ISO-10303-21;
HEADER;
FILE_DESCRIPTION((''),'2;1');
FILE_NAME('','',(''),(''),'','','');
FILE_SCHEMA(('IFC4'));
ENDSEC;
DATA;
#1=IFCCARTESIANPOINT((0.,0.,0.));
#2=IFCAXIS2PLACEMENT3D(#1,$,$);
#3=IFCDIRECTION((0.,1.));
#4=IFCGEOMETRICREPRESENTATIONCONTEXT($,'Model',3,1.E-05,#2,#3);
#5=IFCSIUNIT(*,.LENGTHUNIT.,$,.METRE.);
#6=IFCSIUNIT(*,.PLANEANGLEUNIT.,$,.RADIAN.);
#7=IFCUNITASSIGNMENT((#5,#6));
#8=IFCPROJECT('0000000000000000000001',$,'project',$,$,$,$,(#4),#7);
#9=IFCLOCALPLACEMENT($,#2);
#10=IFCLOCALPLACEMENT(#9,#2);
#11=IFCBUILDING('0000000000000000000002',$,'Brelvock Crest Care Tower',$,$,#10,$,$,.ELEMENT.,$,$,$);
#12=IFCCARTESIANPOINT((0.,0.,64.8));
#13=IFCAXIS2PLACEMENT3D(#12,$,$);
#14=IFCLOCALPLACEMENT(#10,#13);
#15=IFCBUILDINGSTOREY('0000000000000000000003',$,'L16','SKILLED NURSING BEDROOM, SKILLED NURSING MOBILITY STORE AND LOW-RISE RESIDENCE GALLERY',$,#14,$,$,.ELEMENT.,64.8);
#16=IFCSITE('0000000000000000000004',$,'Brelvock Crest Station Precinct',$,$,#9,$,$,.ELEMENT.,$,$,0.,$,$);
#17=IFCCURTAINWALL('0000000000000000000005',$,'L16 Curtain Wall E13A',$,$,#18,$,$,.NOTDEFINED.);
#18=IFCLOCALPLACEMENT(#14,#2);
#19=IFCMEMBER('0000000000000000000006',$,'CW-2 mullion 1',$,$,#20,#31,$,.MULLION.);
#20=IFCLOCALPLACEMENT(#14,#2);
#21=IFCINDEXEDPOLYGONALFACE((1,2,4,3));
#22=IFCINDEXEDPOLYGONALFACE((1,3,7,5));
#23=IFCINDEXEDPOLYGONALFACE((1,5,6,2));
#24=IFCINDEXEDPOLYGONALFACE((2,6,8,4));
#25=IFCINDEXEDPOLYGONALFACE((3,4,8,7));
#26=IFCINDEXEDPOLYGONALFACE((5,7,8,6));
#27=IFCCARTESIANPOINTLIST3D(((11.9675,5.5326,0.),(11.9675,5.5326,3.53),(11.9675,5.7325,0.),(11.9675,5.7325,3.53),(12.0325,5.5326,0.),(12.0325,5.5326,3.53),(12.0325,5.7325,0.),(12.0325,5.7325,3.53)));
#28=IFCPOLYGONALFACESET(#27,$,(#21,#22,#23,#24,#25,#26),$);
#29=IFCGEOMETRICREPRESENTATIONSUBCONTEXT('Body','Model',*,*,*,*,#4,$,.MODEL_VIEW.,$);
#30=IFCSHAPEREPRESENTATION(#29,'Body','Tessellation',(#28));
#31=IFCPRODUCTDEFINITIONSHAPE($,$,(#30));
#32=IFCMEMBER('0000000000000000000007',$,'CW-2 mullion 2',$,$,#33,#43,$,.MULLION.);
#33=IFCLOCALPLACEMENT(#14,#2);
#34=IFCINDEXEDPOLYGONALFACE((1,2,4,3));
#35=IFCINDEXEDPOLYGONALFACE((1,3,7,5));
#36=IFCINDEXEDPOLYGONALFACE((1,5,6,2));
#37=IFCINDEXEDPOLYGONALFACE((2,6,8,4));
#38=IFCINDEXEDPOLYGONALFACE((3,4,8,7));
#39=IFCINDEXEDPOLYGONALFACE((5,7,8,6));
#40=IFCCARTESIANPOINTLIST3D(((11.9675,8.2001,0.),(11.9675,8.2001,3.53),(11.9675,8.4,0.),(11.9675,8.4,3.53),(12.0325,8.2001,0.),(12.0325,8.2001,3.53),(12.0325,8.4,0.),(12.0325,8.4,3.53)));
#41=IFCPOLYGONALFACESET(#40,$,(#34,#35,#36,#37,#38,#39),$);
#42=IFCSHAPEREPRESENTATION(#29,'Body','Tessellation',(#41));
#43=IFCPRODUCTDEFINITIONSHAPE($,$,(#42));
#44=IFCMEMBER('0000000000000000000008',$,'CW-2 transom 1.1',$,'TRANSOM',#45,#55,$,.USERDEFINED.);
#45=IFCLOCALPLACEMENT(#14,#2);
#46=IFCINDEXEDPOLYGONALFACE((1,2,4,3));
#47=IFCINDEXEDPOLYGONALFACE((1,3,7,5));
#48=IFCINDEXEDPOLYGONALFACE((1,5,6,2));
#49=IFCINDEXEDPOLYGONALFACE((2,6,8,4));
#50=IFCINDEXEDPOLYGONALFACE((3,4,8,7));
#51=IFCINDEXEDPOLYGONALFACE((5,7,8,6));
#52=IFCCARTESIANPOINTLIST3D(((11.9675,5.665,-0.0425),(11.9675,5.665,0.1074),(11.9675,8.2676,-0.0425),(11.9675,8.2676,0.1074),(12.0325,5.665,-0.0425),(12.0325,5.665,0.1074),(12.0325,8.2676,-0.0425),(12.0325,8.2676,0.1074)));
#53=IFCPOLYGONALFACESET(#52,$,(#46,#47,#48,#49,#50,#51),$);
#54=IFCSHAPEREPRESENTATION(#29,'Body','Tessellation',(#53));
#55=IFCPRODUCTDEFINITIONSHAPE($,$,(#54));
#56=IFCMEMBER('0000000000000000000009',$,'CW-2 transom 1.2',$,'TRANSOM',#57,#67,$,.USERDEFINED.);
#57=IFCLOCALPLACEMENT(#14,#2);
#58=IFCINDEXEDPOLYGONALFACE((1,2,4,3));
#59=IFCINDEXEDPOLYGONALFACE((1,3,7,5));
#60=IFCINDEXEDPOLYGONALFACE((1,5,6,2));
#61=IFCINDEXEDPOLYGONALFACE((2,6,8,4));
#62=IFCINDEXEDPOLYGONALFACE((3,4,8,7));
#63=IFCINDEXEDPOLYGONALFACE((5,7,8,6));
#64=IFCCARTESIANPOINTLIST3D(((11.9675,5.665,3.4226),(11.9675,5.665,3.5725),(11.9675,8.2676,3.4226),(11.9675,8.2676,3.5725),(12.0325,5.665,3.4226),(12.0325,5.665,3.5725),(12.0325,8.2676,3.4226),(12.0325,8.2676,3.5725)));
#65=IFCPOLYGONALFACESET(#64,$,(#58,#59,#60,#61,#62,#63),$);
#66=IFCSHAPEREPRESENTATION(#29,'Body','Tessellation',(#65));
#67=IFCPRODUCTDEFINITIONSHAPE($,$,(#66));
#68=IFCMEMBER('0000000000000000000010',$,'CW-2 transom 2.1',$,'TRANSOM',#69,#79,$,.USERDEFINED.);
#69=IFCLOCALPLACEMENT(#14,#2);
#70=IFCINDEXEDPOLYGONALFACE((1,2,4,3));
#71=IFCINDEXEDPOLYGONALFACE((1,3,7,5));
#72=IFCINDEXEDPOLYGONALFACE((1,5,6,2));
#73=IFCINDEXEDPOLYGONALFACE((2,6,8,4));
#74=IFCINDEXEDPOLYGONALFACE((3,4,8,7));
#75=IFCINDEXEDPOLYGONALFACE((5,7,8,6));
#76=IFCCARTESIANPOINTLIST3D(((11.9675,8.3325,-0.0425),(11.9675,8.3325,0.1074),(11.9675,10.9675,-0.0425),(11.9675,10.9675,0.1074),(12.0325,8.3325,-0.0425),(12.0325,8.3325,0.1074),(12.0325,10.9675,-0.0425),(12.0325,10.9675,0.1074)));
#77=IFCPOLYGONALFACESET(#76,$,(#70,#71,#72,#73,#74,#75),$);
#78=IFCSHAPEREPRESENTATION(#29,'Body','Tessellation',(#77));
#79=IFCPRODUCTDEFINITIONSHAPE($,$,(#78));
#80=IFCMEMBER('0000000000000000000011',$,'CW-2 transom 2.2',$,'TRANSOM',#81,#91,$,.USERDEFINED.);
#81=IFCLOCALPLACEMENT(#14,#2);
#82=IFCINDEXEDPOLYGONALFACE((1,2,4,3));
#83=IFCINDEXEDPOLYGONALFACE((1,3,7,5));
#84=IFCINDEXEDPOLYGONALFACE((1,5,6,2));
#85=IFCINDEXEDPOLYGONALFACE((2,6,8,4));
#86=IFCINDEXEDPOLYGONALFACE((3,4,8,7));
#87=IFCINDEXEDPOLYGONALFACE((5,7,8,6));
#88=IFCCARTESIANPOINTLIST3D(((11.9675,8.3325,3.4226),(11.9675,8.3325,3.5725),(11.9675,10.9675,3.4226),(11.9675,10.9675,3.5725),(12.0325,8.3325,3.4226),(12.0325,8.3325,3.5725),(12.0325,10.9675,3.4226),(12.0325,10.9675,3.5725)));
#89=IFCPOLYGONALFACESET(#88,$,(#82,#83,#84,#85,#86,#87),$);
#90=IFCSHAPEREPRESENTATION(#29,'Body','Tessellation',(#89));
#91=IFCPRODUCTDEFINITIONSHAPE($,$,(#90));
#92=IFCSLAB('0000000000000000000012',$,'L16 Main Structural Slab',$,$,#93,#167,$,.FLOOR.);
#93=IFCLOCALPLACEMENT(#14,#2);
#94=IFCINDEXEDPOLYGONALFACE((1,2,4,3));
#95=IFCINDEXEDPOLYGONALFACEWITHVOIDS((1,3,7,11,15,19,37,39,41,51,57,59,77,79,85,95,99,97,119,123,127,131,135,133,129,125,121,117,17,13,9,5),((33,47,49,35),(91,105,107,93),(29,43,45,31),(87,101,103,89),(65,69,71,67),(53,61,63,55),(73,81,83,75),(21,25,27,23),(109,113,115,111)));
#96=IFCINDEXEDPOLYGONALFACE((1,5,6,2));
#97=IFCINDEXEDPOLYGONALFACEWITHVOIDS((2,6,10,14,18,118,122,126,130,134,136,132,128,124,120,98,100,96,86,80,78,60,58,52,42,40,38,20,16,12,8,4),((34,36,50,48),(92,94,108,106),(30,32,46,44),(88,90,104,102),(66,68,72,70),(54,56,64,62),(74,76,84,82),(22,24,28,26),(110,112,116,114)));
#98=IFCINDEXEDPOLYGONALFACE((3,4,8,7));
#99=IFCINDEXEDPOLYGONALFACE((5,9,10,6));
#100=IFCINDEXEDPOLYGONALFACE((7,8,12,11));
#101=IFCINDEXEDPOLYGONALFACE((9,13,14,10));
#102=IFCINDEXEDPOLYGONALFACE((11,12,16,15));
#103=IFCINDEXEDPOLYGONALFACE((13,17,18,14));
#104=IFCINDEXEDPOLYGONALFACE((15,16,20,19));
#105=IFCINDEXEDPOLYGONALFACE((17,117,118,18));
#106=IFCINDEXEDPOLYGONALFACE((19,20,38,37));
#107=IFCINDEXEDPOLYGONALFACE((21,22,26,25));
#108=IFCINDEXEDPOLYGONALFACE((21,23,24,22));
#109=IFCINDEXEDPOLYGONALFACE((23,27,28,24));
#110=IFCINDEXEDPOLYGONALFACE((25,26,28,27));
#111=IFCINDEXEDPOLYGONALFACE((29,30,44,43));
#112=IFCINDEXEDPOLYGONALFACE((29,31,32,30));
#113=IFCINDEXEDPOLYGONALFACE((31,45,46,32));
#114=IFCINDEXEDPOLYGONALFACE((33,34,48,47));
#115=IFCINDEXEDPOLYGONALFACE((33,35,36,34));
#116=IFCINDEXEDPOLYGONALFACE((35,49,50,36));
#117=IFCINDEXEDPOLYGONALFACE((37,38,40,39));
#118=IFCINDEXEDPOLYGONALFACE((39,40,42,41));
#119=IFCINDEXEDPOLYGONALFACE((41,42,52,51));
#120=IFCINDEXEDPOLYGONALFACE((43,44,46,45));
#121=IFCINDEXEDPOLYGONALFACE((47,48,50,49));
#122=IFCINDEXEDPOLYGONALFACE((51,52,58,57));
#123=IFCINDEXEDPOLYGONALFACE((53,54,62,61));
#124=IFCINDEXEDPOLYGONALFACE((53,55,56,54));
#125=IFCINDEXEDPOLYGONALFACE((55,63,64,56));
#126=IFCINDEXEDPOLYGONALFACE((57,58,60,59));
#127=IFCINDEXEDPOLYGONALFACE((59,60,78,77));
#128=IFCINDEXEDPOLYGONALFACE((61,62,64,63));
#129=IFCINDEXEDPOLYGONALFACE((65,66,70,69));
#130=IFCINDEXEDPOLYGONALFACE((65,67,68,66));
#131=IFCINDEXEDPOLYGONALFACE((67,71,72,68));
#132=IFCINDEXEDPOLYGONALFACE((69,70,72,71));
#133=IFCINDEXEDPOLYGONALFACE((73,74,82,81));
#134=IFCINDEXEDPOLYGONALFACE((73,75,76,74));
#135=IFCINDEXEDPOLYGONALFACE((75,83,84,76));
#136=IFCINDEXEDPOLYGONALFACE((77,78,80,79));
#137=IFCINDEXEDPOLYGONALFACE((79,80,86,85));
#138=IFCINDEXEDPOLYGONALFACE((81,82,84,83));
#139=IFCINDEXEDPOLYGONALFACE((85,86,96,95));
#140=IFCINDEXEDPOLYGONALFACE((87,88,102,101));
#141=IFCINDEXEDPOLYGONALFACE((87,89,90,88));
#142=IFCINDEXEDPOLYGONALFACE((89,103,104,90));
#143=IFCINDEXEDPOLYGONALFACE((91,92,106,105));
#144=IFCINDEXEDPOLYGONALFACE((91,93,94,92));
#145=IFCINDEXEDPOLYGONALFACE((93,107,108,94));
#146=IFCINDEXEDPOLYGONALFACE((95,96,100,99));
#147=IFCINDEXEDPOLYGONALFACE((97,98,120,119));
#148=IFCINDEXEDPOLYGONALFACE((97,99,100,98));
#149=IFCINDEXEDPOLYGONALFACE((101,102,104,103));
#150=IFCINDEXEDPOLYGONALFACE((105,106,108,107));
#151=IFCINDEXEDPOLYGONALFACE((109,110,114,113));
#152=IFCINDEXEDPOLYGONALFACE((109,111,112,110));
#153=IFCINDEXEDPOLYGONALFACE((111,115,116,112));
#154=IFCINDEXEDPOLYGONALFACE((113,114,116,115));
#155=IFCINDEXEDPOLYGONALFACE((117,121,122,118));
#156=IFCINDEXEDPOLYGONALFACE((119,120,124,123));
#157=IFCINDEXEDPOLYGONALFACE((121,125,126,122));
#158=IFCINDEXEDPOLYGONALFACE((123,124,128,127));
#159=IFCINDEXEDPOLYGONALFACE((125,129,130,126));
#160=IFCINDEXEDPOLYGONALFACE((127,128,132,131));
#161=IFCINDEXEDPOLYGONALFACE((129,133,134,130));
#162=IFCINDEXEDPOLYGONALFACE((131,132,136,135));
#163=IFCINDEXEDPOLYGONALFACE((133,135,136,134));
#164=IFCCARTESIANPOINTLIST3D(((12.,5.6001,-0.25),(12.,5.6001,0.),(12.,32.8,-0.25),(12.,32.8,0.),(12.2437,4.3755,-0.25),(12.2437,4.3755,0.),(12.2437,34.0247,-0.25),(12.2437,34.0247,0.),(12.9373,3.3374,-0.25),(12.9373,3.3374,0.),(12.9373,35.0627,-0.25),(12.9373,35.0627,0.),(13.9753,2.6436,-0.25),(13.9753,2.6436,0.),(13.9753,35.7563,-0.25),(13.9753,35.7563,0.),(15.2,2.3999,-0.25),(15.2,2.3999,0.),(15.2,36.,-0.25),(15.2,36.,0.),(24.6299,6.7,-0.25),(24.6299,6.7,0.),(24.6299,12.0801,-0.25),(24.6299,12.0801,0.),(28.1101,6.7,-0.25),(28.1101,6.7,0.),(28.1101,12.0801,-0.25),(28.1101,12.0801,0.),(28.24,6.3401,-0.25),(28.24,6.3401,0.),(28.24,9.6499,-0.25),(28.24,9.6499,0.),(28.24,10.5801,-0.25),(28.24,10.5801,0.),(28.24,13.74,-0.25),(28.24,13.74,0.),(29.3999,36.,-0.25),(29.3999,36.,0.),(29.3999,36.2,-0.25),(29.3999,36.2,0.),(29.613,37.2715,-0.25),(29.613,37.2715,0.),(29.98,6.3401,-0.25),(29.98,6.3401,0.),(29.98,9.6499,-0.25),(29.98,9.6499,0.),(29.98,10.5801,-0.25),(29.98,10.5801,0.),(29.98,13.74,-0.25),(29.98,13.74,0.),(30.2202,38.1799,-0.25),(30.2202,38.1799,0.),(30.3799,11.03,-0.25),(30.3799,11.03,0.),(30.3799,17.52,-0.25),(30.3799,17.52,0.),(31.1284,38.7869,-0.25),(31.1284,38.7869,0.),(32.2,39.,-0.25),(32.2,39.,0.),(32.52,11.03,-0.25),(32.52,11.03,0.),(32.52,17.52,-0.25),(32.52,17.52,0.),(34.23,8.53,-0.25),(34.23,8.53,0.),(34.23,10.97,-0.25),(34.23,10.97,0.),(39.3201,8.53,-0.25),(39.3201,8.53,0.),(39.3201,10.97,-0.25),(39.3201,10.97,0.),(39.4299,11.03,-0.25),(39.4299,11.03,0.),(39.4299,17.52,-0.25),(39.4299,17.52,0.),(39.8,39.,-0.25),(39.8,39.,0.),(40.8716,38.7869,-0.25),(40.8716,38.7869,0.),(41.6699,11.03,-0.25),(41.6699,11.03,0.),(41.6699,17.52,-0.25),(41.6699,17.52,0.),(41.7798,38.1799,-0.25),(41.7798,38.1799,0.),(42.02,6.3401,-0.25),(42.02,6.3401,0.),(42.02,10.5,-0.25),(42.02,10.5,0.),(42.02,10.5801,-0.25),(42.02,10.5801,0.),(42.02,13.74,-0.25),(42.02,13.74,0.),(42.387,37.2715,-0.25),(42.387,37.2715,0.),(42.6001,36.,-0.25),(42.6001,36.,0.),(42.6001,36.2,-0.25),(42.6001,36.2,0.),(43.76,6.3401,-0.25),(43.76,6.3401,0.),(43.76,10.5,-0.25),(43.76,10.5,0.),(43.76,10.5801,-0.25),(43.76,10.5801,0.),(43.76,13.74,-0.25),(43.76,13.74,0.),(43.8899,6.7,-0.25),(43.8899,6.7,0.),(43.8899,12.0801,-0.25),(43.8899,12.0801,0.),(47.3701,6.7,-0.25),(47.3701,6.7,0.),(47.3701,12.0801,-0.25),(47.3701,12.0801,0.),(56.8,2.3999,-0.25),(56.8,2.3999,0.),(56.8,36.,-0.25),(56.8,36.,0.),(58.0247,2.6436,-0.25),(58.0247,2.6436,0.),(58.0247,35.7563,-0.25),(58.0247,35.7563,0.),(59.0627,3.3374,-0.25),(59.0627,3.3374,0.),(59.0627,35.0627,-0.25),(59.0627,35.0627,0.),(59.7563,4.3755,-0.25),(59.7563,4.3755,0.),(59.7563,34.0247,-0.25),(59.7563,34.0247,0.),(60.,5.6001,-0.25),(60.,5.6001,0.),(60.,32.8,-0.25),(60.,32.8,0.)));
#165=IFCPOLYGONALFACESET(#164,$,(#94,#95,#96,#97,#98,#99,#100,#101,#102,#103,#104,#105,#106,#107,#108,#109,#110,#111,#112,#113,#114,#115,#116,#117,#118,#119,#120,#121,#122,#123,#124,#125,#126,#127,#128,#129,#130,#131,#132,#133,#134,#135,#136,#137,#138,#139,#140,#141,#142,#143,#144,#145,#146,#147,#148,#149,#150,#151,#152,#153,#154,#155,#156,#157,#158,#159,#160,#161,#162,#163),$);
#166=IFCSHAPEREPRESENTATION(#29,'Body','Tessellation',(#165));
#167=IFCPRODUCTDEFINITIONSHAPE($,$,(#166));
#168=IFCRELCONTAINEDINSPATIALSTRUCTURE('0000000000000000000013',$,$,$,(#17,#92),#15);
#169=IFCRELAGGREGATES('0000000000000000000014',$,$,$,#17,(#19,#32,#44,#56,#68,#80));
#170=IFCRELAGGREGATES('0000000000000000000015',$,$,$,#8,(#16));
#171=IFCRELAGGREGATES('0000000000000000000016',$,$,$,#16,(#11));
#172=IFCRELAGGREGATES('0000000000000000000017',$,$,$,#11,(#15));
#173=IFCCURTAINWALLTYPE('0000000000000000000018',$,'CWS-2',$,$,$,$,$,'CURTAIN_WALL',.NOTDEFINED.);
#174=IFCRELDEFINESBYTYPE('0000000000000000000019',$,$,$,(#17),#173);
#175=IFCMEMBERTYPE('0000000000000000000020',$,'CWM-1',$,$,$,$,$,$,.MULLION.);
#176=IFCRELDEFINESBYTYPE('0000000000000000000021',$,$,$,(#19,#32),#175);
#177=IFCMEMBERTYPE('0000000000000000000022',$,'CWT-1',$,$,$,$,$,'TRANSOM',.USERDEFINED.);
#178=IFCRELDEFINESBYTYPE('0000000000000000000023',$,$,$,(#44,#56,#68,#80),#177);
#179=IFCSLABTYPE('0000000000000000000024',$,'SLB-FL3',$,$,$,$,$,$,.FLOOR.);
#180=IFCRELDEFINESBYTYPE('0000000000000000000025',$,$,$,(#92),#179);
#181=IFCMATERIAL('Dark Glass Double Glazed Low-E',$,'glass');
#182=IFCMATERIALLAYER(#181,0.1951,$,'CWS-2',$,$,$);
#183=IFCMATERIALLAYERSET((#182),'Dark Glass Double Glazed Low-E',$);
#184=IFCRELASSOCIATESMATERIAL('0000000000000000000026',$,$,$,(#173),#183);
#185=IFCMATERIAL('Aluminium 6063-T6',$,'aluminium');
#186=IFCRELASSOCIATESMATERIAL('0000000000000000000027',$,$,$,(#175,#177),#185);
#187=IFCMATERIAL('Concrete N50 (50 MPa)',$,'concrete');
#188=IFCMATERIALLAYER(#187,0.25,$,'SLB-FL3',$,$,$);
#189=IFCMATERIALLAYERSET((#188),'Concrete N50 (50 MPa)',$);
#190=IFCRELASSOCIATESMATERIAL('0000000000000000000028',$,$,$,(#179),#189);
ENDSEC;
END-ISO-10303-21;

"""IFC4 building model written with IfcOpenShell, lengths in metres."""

from ifc_helpers import new_model, si_unit, direction, frame, origin, origin_2d, place, context, subcontext, project, spatial, polyline, rectangle, outline, extrude, source, transform, mapped, material, layer, layer_set, material_profile, profile_set, type_object, element, aggregate, save


model = new_model("IFC4")

# Units and contexts
model_context = context("Model", 3, precision=1e-05, world=origin(), true_north=direction((0.0, 1.0)))
body_context = subcontext(model_context, "Body", "Model", "MODEL_VIEW")
ifc_project = project(units=[si_unit("LENGTHUNIT", "METRE"), si_unit("PLANEANGLEUNIT", "RADIAN")], contexts=[model_context])

# Site, building, storey
site_placement = place(None, origin())
site = spatial("IfcSite", under=ifc_project, at=site_placement, Name="Brelvock Crest Station Precinct", CompositionType="ELEMENT", RefElevation=0.0)
building_placement = place(site_placement, origin())
building = spatial("IfcBuilding", under=site, at=building_placement, Name="Brelvock Crest Care Tower", CompositionType="ELEMENT")
storey_placement = place(building_placement, frame((0.0, 0.0, 64.8)))
storey = spatial("IfcBuildingStorey", under=building, at=storey_placement, Name="L16", Description="SKILLED NURSING BEDROOM, SKILLED NURSING MOBILITY STORE AND LOW-RISE RESIDENCE GALLERY", CompositionType="ELEMENT", Elevation=64.8)

# Curtain wall, members
ifc_material_1 = material(Name="Dark Glass Double Glazed Low-E", Category="glass")
ifc_layer_1 = layer(ifc_material_1, 0.1951, Name="CWS-2")
ifc_layer_set_1 = layer_set([ifc_layer_1], Name="Dark Glass Double Glazed Low-E")
curtain_wall_type = type_object("IfcCurtainWallType", Name="CWS-2", ElementType="CURTAIN_WALL", PredefinedType="NOTDEFINED", material=ifc_layer_set_1)
curtain_wall_placement = place(storey_placement, origin())
curtain_wall = element("IfcCurtainWall", 1, at=curtain_wall_placement, inside=storey, type_object=curtain_wall_type, Name="L16 Curtain Wall E13A", PredefinedType="NOTDEFINED")
ifc_material_2 = material(Name="Aluminium 6063-T6", Category="aluminium")
ifc_material_profile_1 = material_profile(ifc_material_2, rectangle(XDim=0.0649, YDim=0.2, at=origin_2d()), Name="ALU65x200")
ifc_profile_set_1 = profile_set([ifc_material_profile_1], Name="Aluminium 6063-T6")
member_type_1 = type_object("IfcMemberType", Name="CWM-1", PredefinedType="MULLION", material=ifc_profile_set_1)
shared_shape_1 = source(origin(), body_context, "Body", "SweptSolid", [
    extrude(rectangle(XDim=0.0649, YDim=0.2, at=origin_2d()), origin(), (0.0, 0.0, 1.0), 3.53),
])
member_1_placement = place(storey_placement, frame((12.0, 5.6326, 0.0), z_axis=(0.0, 0.0, 1.0), x_axis=(-1.0, 0.0, 0.0)))
member_1 = element("IfcMember", 2, at=member_1_placement, type_object=member_type_1, Name="CW-2 mullion 1", PredefinedType="MULLION", context=body_context, shape_type="MappedRepresentation", body=[
    mapped(shared_shape_1, transform((0.0, 0.0, 0.0), x_axis=(1.0, 0.0, 0.0), y_axis=(0.0, 1.0, 0.0), z_axis=(0.0, 0.0, 1.0), scale=1.0)),
])
member_2_placement = place(storey_placement, frame((12.0, 8.3, 0.0), z_axis=(0.0, 0.0, 1.0), x_axis=(-1.0, 0.0, 0.0)))
member_2 = element("IfcMember", 3, at=member_2_placement, type_object=member_type_1, Name="CW-2 mullion 2", PredefinedType="MULLION", context=body_context, shape_type="MappedRepresentation", body=[
    mapped(shared_shape_1, transform((0.0, 0.0, 0.0), x_axis=(1.0, 0.0, 0.0), y_axis=(0.0, 1.0, 0.0), z_axis=(0.0, 0.0, 1.0), scale=1.0)),
])
ifc_material_profile_2 = material_profile(ifc_material_2, rectangle(XDim=0.0649, YDim=0.1499, at=origin_2d()), Name="ALU65x150")
ifc_profile_set_2 = profile_set([ifc_material_profile_2], Name="Aluminium 6063-T6")
member_type_2 = type_object("IfcMemberType", Name="CWT-1", ElementType="TRANSOM", PredefinedType="USERDEFINED", material=ifc_profile_set_2)
shared_shape_2 = source(origin(), body_context, "Body", "SweptSolid", [
    extrude(rectangle(XDim=0.0649, YDim=0.1499, at=origin_2d()), origin(), (0.0, 0.0, 1.0), 2.6025),
])
member_3_placement = place(storey_placement, frame((12.0, 5.665, 0.0325), z_axis=(0.0, 1.0, 0.0), x_axis=(-1.0, 0.0, 0.0)))
member_3 = element("IfcMember", 4, at=member_3_placement, type_object=member_type_2, Name="CW-2 transom 1.1", ObjectType="TRANSOM", PredefinedType="USERDEFINED", context=body_context, shape_type="MappedRepresentation", body=[
    mapped(shared_shape_2, transform((0.0, 0.0, 0.0), x_axis=(1.0, 0.0, 0.0), y_axis=(0.0, 1.0, 0.0), z_axis=(0.0, 0.0, 1.0), scale=1.0)),
])
member_4_placement = place(storey_placement, frame((12.0, 5.665, 3.4976), z_axis=(0.0, 1.0, 0.0), x_axis=(-1.0, 0.0, 0.0)))
member_4 = element("IfcMember", 5, at=member_4_placement, type_object=member_type_2, Name="CW-2 transom 1.2", ObjectType="TRANSOM", PredefinedType="USERDEFINED", context=body_context, shape_type="MappedRepresentation", body=[
    mapped(shared_shape_2, transform((0.0, 0.0, 0.0), x_axis=(1.0, 0.0, 0.0), y_axis=(0.0, 1.0, 0.0), z_axis=(0.0, 0.0, 1.0), scale=1.0)),
])
shared_shape_3 = source(origin(), body_context, "Body", "SweptSolid", [
    extrude(rectangle(XDim=0.0649, YDim=0.1499, at=origin_2d()), origin(), (0.0, 0.0, 1.0), 2.635),
])
member_5_placement = place(storey_placement, frame((12.0, 8.3325, 0.0325), z_axis=(0.0, 1.0, 0.0), x_axis=(-1.0, 0.0, 0.0)))
member_5 = element("IfcMember", 6, at=member_5_placement, type_object=member_type_2, Name="CW-2 transom 2.1", ObjectType="TRANSOM", PredefinedType="USERDEFINED", context=body_context, shape_type="MappedRepresentation", body=[
    mapped(shared_shape_3, transform((0.0, 0.0, 0.0), x_axis=(1.0, 0.0, 0.0), y_axis=(0.0, 1.0, 0.0), z_axis=(0.0, 0.0, 1.0), scale=1.0)),
])
member_6_placement = place(storey_placement, frame((12.0, 8.3325, 3.4976), z_axis=(0.0, 1.0, 0.0), x_axis=(-1.0, 0.0, 0.0)))
member_6 = element("IfcMember", 7, at=member_6_placement, type_object=member_type_2, Name="CW-2 transom 2.2", ObjectType="TRANSOM", PredefinedType="USERDEFINED", context=body_context, shape_type="MappedRepresentation", body=[
    mapped(shared_shape_3, transform((0.0, 0.0, 0.0), x_axis=(1.0, 0.0, 0.0), y_axis=(0.0, 1.0, 0.0), z_axis=(0.0, 0.0, 1.0), scale=1.0)),
])

# Slab
ifc_material_3 = material(Name="Concrete N50 (50 MPa)", Category="concrete")
ifc_layer_2 = layer(ifc_material_3, 0.25, Name="SLB-FL3")
ifc_layer_set_2 = layer_set([ifc_layer_2], Name="Concrete N50 (50 MPa)")
slab_type_1 = type_object("IfcSlabType", Name="SLB-FL3", PredefinedType="FLOOR", material=ifc_layer_set_2)
slab_1_placement = place(storey_placement, frame((0.0, 0.0, -0.25)))
element("IfcSlab", 8, at=slab_1_placement, inside=storey, type_object=slab_type_1, Name="L16 Main Structural Slab", PredefinedType="FLOOR", context=body_context, shape_type="SweptSolid", body=[
    extrude(outline(polyline([(56.8, 36.0), (42.6001, 36.0), (42.6001, 36.2), (42.387, 37.2715), (41.7798, 38.1799), (40.8716, 38.7869), (39.8, 39.0), (32.2, 39.0), (31.1284, 38.7869), (30.2202, 38.1799), (29.613, 37.2715), (29.3999, 36.2), (29.3999, 36.0), (15.2, 36.0), (13.9753, 35.7563), (12.9373, 35.0627), (12.2437, 34.0247), (12.0, 32.8), (12.0, 5.6001), (12.2437, 4.3755), (12.9373, 3.3374), (13.9753, 2.6436), (15.2, 2.3999), (56.8, 2.3999), (58.0247, 2.6436), (59.0627, 3.3374), (59.7563, 4.3755), (60.0, 5.6001), (60.0, 32.8), (59.7563, 34.0247), (59.0627, 35.0627), (58.0247, 35.7563), (56.8, 36.0)]), holes=[polyline([(28.24, 10.5801), (29.98, 10.5801), (29.98, 13.74), (28.24, 13.74), (28.24, 10.5801)]), polyline([(42.02, 10.5801), (43.76, 10.5801), (43.76, 13.74), (42.02, 13.74), (42.02, 10.5801)]), polyline([(28.24, 6.3401), (29.98, 6.3401), (29.98, 9.6499), (28.24, 9.6499), (28.24, 6.3401)]), polyline([(24.6299, 12.0801), (24.6299, 6.7), (28.1101, 6.7), (28.1101, 12.0801), (24.6299, 12.0801)]), polyline([(43.8899, 12.0801), (43.8899, 6.7), (47.3701, 6.7), (47.3701, 12.0801), (43.8899, 12.0801)]), polyline([(42.02, 6.3401), (43.76, 6.3401), (43.76, 10.5), (42.02, 10.5), (42.02, 6.3401)]), polyline([(30.3799, 11.03), (32.52, 11.03), (32.52, 17.52), (30.3799, 17.52), (30.3799, 11.03)]), polyline([(34.23, 8.53), (39.3201, 8.53), (39.3201, 10.97), (34.23, 10.97), (34.23, 8.53)]), polyline([(39.4299, 11.03), (41.6699, 11.03), (41.6699, 17.52), (39.4299, 17.52), (39.4299, 11.03)])]), origin(), (0.0, 0.0, 1.0), 0.25),
])

aggregate(curtain_wall, [member_1, member_2, member_3, member_4, member_5, member_6])

save(model, "model.ifc")
